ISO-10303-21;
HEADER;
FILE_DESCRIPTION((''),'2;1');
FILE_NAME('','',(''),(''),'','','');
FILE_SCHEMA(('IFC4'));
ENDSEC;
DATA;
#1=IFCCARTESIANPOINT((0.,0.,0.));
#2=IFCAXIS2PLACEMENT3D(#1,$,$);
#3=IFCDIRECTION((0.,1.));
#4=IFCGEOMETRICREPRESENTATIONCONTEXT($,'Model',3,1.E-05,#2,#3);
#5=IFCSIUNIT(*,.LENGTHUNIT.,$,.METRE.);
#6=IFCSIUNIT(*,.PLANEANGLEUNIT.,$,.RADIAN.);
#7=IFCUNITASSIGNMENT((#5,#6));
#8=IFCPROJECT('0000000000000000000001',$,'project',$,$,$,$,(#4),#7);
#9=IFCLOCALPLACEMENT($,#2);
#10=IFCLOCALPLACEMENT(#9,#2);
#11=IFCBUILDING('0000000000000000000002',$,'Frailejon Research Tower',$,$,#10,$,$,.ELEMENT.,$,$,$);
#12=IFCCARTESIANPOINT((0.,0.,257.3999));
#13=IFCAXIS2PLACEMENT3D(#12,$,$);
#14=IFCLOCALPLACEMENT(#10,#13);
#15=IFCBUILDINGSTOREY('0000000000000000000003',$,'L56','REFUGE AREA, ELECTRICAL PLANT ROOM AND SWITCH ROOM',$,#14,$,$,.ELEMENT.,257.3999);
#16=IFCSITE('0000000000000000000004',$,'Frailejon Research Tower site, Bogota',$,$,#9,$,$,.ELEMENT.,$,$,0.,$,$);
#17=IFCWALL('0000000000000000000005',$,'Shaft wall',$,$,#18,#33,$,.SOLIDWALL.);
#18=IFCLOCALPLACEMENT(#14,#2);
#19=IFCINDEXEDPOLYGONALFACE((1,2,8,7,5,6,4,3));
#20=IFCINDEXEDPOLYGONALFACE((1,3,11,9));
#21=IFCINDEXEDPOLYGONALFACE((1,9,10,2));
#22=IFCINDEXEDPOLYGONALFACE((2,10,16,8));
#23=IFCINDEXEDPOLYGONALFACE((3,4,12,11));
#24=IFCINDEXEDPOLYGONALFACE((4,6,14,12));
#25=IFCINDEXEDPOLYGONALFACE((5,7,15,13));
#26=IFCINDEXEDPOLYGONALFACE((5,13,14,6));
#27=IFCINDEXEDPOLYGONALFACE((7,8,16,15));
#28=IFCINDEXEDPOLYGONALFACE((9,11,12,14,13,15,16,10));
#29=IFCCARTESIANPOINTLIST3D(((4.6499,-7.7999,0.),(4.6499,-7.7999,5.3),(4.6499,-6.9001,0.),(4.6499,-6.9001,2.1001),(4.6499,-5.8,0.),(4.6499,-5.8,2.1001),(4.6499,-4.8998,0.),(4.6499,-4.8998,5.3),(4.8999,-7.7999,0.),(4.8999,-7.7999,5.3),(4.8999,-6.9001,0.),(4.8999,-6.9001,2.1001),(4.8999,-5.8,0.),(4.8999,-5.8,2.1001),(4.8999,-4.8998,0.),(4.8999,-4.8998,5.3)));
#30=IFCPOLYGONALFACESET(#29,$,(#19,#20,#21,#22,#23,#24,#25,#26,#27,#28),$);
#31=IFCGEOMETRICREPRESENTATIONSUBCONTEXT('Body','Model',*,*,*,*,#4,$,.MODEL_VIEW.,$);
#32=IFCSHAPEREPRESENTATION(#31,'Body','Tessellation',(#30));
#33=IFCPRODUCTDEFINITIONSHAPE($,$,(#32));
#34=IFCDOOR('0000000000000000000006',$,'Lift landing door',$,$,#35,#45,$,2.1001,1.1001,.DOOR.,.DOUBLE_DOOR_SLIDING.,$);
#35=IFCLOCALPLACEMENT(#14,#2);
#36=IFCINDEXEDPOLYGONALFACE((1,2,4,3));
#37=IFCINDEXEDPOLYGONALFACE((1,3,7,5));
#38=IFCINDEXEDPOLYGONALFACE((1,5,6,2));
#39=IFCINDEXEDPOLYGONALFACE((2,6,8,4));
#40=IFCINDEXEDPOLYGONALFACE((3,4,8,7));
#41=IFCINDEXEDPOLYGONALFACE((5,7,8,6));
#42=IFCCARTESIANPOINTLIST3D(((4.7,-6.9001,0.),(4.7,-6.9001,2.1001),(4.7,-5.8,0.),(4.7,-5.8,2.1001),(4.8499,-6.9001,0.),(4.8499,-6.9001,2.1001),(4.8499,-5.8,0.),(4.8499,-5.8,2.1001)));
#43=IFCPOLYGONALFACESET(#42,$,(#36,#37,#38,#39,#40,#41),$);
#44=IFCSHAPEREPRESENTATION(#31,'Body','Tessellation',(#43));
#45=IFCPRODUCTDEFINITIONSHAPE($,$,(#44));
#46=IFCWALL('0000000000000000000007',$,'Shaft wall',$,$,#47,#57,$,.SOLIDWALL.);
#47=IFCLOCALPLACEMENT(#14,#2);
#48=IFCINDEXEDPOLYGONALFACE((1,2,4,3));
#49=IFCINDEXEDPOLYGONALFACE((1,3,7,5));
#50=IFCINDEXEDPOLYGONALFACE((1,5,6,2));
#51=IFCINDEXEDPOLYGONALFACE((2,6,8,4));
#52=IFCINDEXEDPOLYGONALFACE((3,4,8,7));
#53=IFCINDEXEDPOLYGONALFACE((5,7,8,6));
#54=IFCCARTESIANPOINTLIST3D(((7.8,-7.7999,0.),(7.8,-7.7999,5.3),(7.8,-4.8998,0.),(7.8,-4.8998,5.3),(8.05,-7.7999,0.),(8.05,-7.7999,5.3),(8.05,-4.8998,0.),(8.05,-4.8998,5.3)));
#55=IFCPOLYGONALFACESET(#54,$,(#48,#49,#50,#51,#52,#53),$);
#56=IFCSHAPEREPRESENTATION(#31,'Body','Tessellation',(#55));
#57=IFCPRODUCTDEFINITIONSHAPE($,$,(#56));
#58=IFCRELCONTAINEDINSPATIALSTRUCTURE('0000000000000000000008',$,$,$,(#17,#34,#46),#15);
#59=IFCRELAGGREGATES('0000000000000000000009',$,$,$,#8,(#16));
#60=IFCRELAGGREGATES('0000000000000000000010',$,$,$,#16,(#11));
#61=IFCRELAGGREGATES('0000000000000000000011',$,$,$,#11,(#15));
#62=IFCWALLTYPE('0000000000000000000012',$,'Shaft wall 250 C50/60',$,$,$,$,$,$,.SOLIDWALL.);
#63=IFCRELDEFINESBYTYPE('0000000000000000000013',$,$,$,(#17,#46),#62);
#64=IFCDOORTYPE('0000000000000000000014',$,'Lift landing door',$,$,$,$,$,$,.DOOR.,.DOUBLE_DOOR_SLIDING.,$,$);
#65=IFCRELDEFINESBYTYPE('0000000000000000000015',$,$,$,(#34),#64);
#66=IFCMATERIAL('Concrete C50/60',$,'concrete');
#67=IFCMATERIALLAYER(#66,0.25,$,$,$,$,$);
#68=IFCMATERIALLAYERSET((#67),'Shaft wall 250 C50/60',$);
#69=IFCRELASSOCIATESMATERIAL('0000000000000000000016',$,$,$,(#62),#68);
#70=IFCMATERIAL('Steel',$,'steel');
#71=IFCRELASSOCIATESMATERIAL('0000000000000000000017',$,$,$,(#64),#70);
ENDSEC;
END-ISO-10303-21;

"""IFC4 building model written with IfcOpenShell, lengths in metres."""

from ifc_helpers import new_model, si_unit, direction, frame, frame_2d, origin, place, context, subcontext, project, spatial, rectangle, extrude, material, layer, layer_set, type_object, element, fill, save


model = new_model("IFC4")

# Units and contexts
model_context = context("Model", 3, precision=1e-05, world=origin(), true_north=direction((0.0, 1.0)))
body_context = subcontext(model_context, "Body", "Model", "MODEL_VIEW")
ifc_project = project(units=[si_unit("LENGTHUNIT", "METRE"), si_unit("PLANEANGLEUNIT", "RADIAN")], contexts=[model_context])

# Site, building, storey
site_placement = place(None, origin())
site = spatial("IfcSite", under=ifc_project, at=site_placement, Name="Frailejon Research Tower site, Bogota", CompositionType="ELEMENT", RefElevation=0.0)
building_placement = place(site_placement, origin())
building = spatial("IfcBuilding", under=site, at=building_placement, Name="Frailejon Research Tower", CompositionType="ELEMENT")
storey_placement = place(building_placement, frame((0.0, 0.0, 257.3999)))
storey = spatial("IfcBuildingStorey", under=building, at=storey_placement, Name="L56", Description="REFUGE AREA, ELECTRICAL PLANT ROOM AND SWITCH ROOM", CompositionType="ELEMENT", Elevation=257.3999)

# Wall, opening, door
ifc_material_1 = material(Name="Concrete C50/60", Category="concrete")
ifc_layer_1 = layer(ifc_material_1, 0.25)
ifc_layer_set_1 = layer_set([ifc_layer_1], Name="Shaft wall 250 C50/60")
wall_type_1 = type_object("IfcWallType", Name="Shaft wall 250 C50/60", PredefinedType="SOLIDWALL", material=ifc_layer_set_1)
wall_1_placement = place(storey_placement, frame((4.7749, -7.8, 0.0), z_axis=(0.0, 0.0, 1.0), x_axis=(0.0, 1.0, 0.0)))
wall_1 = element("IfcWall", 1, at=wall_1_placement, inside=storey, type_object=wall_type_1, Name="Shaft wall", PredefinedType="SOLIDWALL", context=body_context, shape_type="SweptSolid", body=[
    extrude(rectangle(XDim=2.9001, YDim=0.25, at=frame_2d((1.4502, 0.0))), origin(), (0.0, 0.0, 1.0), 5.3),
])
opening_1_placement = place(wall_1_placement, frame((0.8999, 0.0, 0.0)))
opening_1 = element("IfcOpeningElement", 2, at=opening_1_placement, cuts=wall_1, PredefinedType="OPENING", context=body_context, shape_type="SweptSolid", body=[
    extrude(rectangle(XDim=1.1001, YDim=2.1001, at=frame_2d((0.55, 1.05))), frame((0.0, 0.135, 0.0), z_axis=(0.0, -1.0, 0.0), x_axis=(1.0, 0.0, 0.0)), (0.0, 0.0, 1.0), 0.27),
])
ifc_material_2 = material(Name="Steel", Category="steel")
door_type_1 = type_object("IfcDoorType", Name="Lift landing door", OperationType="DOUBLE_DOOR_SLIDING", PredefinedType="DOOR", material=ifc_material_2)
door_1_placement = place(opening_1_placement, origin())
door_1 = element("IfcDoor", 3, at=door_1_placement, inside=storey, type_object=door_type_1, Name="Lift landing door", OperationType="DOUBLE_DOOR_SLIDING", OverallHeight=2.1001, OverallWidth=1.1001, PredefinedType="DOOR", context=body_context, shape_type="SweptSolid", body=[
    extrude(rectangle(XDim=1.1001, YDim=2.1001, at=frame_2d((0.55, 1.05))), frame((0.0, 0.075, 0.0), z_axis=(0.0, -1.0, 0.0), x_axis=(1.0, 0.0, 0.0)), (0.0, 0.0, 1.0), 0.1499),
])
fill(opening_1, door_1)

# Wall
wall_2_placement = place(storey_placement, frame((7.925, -7.8, 0.0), z_axis=(0.0, 0.0, 1.0), x_axis=(0.0, 1.0, 0.0)))
element("IfcWall", 4, at=wall_2_placement, inside=storey, type_object=wall_type_1, Name="Shaft wall", PredefinedType="SOLIDWALL", context=body_context, shape_type="SweptSolid", body=[
    extrude(rectangle(XDim=2.9001, YDim=0.25, at=frame_2d((1.4502, 0.0))), origin(), (0.0, 0.0, 1.0), 5.3),
])

save(model, "model.ifc")
